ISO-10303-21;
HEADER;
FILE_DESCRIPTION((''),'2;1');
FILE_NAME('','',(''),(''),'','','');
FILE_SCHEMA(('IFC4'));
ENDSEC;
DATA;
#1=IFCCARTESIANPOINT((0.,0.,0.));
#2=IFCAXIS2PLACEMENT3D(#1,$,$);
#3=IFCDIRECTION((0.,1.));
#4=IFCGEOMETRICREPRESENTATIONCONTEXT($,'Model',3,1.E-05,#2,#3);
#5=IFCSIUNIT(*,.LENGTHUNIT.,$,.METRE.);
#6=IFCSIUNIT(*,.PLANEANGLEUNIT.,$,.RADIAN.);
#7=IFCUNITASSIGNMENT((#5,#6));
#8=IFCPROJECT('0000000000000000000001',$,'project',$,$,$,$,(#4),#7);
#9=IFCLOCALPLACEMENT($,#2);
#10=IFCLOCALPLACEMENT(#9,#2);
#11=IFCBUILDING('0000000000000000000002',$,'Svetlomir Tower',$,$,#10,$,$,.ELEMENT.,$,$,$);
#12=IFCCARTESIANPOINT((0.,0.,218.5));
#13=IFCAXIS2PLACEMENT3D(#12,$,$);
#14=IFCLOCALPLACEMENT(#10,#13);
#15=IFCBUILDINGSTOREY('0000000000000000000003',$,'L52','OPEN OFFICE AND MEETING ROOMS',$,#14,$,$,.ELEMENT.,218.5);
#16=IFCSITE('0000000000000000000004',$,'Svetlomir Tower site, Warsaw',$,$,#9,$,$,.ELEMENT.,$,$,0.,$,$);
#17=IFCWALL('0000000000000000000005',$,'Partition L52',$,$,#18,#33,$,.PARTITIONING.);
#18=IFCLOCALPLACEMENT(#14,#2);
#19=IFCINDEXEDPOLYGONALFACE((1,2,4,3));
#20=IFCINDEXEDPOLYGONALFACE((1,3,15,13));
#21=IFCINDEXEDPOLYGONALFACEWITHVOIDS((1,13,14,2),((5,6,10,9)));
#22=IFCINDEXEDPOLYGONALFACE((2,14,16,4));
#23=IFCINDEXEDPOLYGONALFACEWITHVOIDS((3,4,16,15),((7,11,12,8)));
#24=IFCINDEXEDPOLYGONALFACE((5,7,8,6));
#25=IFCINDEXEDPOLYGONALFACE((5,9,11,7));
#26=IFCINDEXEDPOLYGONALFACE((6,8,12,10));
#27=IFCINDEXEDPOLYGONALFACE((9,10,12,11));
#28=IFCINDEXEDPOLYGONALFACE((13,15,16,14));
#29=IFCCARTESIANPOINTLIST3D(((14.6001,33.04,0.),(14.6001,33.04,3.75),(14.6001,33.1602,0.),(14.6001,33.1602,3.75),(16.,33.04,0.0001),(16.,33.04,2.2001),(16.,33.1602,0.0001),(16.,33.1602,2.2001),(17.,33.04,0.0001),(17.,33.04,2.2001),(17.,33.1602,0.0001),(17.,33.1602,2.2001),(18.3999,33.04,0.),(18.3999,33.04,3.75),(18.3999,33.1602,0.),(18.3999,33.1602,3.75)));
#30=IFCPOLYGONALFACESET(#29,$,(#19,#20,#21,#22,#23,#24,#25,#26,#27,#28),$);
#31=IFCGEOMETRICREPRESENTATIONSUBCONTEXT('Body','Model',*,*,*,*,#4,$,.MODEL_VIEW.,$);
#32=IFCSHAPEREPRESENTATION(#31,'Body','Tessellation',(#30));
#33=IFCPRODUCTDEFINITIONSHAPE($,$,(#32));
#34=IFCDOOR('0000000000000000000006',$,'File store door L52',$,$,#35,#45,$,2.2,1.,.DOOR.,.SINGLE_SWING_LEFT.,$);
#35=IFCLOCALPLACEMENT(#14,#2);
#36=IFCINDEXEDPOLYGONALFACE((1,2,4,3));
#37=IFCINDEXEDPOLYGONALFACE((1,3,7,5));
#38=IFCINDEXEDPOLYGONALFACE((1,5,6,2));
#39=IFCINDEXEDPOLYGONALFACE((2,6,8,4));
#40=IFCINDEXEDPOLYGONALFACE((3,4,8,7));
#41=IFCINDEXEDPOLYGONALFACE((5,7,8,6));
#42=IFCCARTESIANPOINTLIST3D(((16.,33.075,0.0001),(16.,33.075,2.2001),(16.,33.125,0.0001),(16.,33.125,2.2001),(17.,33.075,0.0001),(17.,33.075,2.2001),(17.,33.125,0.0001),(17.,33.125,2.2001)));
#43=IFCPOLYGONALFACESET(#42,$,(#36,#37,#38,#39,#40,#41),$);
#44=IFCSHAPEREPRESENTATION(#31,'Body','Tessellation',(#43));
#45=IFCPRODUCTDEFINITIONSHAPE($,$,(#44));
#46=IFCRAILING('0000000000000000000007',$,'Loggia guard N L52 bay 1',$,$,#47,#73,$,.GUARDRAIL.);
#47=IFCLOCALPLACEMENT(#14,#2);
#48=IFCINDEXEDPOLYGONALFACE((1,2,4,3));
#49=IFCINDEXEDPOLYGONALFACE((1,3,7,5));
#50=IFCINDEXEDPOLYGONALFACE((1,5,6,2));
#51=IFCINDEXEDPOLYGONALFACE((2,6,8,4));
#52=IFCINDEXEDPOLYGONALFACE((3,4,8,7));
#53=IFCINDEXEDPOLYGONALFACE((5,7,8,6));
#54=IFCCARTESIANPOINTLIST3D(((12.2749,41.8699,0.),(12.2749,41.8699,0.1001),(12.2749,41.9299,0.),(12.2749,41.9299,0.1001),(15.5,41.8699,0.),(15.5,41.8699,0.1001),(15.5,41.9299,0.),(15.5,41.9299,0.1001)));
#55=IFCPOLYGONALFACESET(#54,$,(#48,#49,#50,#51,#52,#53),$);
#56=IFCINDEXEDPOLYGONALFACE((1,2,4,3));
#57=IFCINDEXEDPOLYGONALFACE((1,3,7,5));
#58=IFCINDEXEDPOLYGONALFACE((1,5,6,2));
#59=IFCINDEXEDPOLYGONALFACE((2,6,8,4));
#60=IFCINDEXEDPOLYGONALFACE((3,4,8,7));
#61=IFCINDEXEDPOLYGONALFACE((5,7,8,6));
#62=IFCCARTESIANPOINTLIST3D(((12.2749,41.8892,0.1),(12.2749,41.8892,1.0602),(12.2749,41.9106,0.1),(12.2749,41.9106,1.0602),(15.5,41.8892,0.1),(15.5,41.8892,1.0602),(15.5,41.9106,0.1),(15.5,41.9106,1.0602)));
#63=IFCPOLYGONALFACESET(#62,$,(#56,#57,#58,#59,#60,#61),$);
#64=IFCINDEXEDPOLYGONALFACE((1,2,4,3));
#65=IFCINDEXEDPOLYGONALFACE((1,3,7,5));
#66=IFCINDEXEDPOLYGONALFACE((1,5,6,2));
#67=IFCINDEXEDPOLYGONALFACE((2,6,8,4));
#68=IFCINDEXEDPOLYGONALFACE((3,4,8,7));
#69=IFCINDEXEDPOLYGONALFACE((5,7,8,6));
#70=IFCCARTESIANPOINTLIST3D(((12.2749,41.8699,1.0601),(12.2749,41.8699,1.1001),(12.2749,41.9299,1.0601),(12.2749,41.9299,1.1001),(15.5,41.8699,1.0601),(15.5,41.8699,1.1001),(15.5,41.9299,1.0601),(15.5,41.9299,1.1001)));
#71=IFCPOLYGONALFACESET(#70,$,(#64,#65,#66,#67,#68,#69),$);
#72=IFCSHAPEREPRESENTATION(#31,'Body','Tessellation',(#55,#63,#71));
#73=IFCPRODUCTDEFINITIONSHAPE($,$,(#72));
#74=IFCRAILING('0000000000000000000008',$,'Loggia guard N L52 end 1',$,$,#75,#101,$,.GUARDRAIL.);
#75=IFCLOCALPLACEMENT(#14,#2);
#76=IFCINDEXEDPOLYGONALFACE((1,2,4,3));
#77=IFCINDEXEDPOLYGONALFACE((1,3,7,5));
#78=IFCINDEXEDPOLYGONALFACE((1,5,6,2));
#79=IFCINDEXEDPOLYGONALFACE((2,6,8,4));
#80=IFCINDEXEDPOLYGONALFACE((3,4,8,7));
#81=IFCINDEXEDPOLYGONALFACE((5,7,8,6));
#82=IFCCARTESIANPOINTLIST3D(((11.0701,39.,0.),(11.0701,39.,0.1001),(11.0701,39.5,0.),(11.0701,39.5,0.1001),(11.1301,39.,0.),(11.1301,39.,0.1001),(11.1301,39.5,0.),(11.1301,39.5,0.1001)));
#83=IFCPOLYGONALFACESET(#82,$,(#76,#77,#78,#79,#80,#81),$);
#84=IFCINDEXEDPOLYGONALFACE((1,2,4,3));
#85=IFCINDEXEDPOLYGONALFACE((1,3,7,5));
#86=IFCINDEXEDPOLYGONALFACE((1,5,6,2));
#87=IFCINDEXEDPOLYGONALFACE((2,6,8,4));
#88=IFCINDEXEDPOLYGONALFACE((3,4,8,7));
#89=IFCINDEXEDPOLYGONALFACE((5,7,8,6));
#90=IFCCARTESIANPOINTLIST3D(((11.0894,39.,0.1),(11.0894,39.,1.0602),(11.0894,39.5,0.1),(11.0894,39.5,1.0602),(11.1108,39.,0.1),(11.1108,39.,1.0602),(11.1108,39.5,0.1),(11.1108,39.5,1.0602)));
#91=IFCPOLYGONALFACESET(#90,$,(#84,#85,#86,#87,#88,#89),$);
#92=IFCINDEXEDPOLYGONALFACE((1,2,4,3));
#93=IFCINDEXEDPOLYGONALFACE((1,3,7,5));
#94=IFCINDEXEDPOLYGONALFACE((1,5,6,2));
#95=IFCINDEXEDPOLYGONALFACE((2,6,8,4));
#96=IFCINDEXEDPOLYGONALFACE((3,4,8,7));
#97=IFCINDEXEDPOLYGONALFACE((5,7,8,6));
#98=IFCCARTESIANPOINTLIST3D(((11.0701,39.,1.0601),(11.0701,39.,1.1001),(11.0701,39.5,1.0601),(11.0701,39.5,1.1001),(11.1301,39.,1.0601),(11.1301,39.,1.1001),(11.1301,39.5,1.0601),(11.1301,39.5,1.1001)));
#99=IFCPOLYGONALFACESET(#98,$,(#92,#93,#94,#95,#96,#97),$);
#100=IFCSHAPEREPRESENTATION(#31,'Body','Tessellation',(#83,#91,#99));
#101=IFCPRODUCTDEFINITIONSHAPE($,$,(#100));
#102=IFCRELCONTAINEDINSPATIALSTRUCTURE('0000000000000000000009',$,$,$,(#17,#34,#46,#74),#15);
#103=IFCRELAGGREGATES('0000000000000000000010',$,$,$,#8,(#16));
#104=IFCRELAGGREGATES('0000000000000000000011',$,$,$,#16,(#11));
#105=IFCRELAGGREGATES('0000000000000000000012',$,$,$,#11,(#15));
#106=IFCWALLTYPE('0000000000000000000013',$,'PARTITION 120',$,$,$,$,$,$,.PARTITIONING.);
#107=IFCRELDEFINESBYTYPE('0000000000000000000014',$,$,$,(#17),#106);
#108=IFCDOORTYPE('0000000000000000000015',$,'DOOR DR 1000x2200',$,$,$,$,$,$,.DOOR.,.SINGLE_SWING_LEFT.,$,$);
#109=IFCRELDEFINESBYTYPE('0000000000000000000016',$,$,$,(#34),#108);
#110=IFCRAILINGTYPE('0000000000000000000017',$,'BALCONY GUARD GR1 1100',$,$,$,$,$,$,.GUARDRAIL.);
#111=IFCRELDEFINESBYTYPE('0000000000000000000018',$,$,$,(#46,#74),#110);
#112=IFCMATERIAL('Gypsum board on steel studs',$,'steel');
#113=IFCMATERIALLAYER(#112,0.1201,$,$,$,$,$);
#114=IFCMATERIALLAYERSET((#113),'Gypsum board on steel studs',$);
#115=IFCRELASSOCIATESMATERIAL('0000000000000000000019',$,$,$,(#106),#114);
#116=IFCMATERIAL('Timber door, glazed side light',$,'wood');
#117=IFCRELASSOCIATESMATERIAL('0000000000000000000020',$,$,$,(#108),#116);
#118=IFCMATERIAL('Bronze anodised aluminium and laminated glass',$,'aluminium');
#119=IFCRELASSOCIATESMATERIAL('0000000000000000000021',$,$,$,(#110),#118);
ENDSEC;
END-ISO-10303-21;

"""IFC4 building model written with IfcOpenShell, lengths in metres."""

from ifc_helpers import new_model, si_unit, direction, frame, frame_2d, origin, origin_2d, place, context, subcontext, project, spatial, rectangle, extrude, material, layer, layer_set, type_object, element, fill, save


model = new_model("IFC4")

# Units and contexts
model_context = context("Model", 3, precision=1e-05, world=origin(), true_north=direction((0.0, 1.0)))
body_context = subcontext(model_context, "Body", "Model", "MODEL_VIEW")
ifc_project = project(units=[si_unit("LENGTHUNIT", "METRE"), si_unit("PLANEANGLEUNIT", "RADIAN")], contexts=[model_context])

# Site, building, storey
site_placement = place(None, origin())
site = spatial("IfcSite", under=ifc_project, at=site_placement, Name="Svetlomir Tower site, Warsaw", CompositionType="ELEMENT", RefElevation=0.0)
building_placement = place(site_placement, origin())
building = spatial("IfcBuilding", under=site, at=building_placement, Name="Svetlomir Tower", CompositionType="ELEMENT")
storey_placement = place(building_placement, frame((0.0, 0.0, 218.5)))
storey = spatial("IfcBuildingStorey", under=building, at=storey_placement, Name="L52", Description="OPEN OFFICE AND MEETING ROOMS", CompositionType="ELEMENT", Elevation=218.5)

# Wall, opening, door
ifc_material_1 = material(Name="Gypsum board on steel studs", Category="steel")
ifc_layer_1 = layer(ifc_material_1, 0.1201)
ifc_layer_set_1 = layer_set([ifc_layer_1], Name="Gypsum board on steel studs")
wall_type = type_object("IfcWallType", Name="PARTITION 120", PredefinedType="PARTITIONING", material=ifc_layer_set_1)
ifc_material_2 = material(Name="Timber door, glazed side light", Category="wood")
door_type = type_object("IfcDoorType", Name="DOOR DR 1000x2200", OperationType="SINGLE_SWING_LEFT", PredefinedType="DOOR", material=ifc_material_2)
wall_1_placement = place(storey_placement, frame((14.6001, 33.1001, 0.0), z_axis=(0.0, 0.0, 1.0), x_axis=(1.0, 0.0, 0.0)))
wall_1 = element("IfcWall", 1, at=wall_1_placement, inside=storey, type_object=wall_type, Name="Partition L52", PredefinedType="PARTITIONING", context=body_context, shape_type="SweptSolid", body=[
    extrude(rectangle(XDim=3.7998, YDim=0.1201, at=frame_2d((1.8999, 0.0))), origin(), (0.0, 0.0, 1.0), 3.75),
])
opening_1_placement = place(wall_1_placement, frame((1.3999, 0.0, 0.0)))
opening_1 = element("IfcOpeningElement", 2, at=opening_1_placement, cuts=wall_1, PredefinedType="OPENING", context=body_context, shape_type="SweptSolid", body=[
    extrude(rectangle(XDim=1.0, YDim=2.2, at=frame_2d((0.5, 1.1001))), frame((0.0, 0.0701, 0.0), z_axis=(0.0, -1.0, 0.0), x_axis=(1.0, 0.0, 0.0)), (0.0, 0.0, 1.0), 0.1401),
])
door_1_placement = place(opening_1_placement, origin())
door_1 = element("IfcDoor", 3, at=door_1_placement, inside=storey, type_object=door_type, Name="File store door L52", OperationType="SINGLE_SWING_LEFT", OverallHeight=2.2, OverallWidth=1.0, PredefinedType="DOOR", context=body_context, shape_type="SweptSolid", body=[
    extrude(rectangle(XDim=1.0, YDim=2.2, at=frame_2d((0.5, 1.1001))), frame((0.0, 0.0249, 0.0), z_axis=(0.0, -1.0, 0.0), x_axis=(1.0, 0.0, 0.0)), (0.0, 0.0, 1.0), 0.05),
])
fill(opening_1, door_1)

# Railings
ifc_material_3 = material(Name="Bronze anodised aluminium and laminated glass", Category="aluminium")
railing_type = type_object("IfcRailingType", Name="BALCONY GUARD GR1 1100", PredefinedType="GUARDRAIL", material=ifc_material_3)
railing_1_placement = place(storey_placement, frame((12.2749, 41.8999, 0.0)))
element("IfcRailing", 4, at=railing_1_placement, inside=storey, type_object=railing_type, Name="Loggia guard N L52 bay 1", PredefinedType="GUARDRAIL", context=body_context, shape_type="SweptSolid", body=[
    extrude(rectangle(XDim=0.0601, YDim=0.1001, at=origin_2d()), frame((0.0, 0.0, 0.05), z_axis=(1.0, 0.0, 0.0), x_axis=(0.0, 1.0, 0.0)), (0.0, 0.0, 1.0), 3.2251),
    extrude(rectangle(XDim=0.0215, YDim=0.9602, at=origin_2d()), frame((0.0, 0.0, 0.5801), z_axis=(1.0, 0.0, 0.0), x_axis=(0.0, 1.0, 0.0)), (0.0, 0.0, 1.0), 3.2251),
    extrude(rectangle(XDim=0.0601, YDim=0.04, at=origin_2d()), frame((0.0, 0.0, 1.0801), z_axis=(1.0, 0.0, 0.0), x_axis=(0.0, 1.0, 0.0)), (0.0, 0.0, 1.0), 3.2251),
])
railing_2_placement = place(storey_placement, frame((11.1001, 39.5, 0.0)))
element("IfcRailing", 5, at=railing_2_placement, inside=storey, type_object=railing_type, Name="Loggia guard N L52 end 1", PredefinedType="GUARDRAIL", context=body_context, shape_type="SweptSolid", body=[
    extrude(rectangle(XDim=0.0601, YDim=0.1001, at=origin_2d()), frame((0.0, 0.0, 0.05), z_axis=(0.0, -1.0, 0.0), x_axis=(1.0, 0.0, 0.0)), (0.0, 0.0, 1.0), 0.5),
    extrude(rectangle(XDim=0.0215, YDim=0.9602, at=origin_2d()), frame((0.0, 0.0, 0.5801), z_axis=(0.0, -1.0, 0.0), x_axis=(1.0, 0.0, 0.0)), (0.0, 0.0, 1.0), 0.5),
    extrude(rectangle(XDim=0.0601, YDim=0.04, at=origin_2d()), frame((0.0, 0.0, 1.0801), z_axis=(0.0, -1.0, 0.0), x_axis=(1.0, 0.0, 0.0)), (0.0, 0.0, 1.0), 0.5),
])

save(model, "model.ifc")
